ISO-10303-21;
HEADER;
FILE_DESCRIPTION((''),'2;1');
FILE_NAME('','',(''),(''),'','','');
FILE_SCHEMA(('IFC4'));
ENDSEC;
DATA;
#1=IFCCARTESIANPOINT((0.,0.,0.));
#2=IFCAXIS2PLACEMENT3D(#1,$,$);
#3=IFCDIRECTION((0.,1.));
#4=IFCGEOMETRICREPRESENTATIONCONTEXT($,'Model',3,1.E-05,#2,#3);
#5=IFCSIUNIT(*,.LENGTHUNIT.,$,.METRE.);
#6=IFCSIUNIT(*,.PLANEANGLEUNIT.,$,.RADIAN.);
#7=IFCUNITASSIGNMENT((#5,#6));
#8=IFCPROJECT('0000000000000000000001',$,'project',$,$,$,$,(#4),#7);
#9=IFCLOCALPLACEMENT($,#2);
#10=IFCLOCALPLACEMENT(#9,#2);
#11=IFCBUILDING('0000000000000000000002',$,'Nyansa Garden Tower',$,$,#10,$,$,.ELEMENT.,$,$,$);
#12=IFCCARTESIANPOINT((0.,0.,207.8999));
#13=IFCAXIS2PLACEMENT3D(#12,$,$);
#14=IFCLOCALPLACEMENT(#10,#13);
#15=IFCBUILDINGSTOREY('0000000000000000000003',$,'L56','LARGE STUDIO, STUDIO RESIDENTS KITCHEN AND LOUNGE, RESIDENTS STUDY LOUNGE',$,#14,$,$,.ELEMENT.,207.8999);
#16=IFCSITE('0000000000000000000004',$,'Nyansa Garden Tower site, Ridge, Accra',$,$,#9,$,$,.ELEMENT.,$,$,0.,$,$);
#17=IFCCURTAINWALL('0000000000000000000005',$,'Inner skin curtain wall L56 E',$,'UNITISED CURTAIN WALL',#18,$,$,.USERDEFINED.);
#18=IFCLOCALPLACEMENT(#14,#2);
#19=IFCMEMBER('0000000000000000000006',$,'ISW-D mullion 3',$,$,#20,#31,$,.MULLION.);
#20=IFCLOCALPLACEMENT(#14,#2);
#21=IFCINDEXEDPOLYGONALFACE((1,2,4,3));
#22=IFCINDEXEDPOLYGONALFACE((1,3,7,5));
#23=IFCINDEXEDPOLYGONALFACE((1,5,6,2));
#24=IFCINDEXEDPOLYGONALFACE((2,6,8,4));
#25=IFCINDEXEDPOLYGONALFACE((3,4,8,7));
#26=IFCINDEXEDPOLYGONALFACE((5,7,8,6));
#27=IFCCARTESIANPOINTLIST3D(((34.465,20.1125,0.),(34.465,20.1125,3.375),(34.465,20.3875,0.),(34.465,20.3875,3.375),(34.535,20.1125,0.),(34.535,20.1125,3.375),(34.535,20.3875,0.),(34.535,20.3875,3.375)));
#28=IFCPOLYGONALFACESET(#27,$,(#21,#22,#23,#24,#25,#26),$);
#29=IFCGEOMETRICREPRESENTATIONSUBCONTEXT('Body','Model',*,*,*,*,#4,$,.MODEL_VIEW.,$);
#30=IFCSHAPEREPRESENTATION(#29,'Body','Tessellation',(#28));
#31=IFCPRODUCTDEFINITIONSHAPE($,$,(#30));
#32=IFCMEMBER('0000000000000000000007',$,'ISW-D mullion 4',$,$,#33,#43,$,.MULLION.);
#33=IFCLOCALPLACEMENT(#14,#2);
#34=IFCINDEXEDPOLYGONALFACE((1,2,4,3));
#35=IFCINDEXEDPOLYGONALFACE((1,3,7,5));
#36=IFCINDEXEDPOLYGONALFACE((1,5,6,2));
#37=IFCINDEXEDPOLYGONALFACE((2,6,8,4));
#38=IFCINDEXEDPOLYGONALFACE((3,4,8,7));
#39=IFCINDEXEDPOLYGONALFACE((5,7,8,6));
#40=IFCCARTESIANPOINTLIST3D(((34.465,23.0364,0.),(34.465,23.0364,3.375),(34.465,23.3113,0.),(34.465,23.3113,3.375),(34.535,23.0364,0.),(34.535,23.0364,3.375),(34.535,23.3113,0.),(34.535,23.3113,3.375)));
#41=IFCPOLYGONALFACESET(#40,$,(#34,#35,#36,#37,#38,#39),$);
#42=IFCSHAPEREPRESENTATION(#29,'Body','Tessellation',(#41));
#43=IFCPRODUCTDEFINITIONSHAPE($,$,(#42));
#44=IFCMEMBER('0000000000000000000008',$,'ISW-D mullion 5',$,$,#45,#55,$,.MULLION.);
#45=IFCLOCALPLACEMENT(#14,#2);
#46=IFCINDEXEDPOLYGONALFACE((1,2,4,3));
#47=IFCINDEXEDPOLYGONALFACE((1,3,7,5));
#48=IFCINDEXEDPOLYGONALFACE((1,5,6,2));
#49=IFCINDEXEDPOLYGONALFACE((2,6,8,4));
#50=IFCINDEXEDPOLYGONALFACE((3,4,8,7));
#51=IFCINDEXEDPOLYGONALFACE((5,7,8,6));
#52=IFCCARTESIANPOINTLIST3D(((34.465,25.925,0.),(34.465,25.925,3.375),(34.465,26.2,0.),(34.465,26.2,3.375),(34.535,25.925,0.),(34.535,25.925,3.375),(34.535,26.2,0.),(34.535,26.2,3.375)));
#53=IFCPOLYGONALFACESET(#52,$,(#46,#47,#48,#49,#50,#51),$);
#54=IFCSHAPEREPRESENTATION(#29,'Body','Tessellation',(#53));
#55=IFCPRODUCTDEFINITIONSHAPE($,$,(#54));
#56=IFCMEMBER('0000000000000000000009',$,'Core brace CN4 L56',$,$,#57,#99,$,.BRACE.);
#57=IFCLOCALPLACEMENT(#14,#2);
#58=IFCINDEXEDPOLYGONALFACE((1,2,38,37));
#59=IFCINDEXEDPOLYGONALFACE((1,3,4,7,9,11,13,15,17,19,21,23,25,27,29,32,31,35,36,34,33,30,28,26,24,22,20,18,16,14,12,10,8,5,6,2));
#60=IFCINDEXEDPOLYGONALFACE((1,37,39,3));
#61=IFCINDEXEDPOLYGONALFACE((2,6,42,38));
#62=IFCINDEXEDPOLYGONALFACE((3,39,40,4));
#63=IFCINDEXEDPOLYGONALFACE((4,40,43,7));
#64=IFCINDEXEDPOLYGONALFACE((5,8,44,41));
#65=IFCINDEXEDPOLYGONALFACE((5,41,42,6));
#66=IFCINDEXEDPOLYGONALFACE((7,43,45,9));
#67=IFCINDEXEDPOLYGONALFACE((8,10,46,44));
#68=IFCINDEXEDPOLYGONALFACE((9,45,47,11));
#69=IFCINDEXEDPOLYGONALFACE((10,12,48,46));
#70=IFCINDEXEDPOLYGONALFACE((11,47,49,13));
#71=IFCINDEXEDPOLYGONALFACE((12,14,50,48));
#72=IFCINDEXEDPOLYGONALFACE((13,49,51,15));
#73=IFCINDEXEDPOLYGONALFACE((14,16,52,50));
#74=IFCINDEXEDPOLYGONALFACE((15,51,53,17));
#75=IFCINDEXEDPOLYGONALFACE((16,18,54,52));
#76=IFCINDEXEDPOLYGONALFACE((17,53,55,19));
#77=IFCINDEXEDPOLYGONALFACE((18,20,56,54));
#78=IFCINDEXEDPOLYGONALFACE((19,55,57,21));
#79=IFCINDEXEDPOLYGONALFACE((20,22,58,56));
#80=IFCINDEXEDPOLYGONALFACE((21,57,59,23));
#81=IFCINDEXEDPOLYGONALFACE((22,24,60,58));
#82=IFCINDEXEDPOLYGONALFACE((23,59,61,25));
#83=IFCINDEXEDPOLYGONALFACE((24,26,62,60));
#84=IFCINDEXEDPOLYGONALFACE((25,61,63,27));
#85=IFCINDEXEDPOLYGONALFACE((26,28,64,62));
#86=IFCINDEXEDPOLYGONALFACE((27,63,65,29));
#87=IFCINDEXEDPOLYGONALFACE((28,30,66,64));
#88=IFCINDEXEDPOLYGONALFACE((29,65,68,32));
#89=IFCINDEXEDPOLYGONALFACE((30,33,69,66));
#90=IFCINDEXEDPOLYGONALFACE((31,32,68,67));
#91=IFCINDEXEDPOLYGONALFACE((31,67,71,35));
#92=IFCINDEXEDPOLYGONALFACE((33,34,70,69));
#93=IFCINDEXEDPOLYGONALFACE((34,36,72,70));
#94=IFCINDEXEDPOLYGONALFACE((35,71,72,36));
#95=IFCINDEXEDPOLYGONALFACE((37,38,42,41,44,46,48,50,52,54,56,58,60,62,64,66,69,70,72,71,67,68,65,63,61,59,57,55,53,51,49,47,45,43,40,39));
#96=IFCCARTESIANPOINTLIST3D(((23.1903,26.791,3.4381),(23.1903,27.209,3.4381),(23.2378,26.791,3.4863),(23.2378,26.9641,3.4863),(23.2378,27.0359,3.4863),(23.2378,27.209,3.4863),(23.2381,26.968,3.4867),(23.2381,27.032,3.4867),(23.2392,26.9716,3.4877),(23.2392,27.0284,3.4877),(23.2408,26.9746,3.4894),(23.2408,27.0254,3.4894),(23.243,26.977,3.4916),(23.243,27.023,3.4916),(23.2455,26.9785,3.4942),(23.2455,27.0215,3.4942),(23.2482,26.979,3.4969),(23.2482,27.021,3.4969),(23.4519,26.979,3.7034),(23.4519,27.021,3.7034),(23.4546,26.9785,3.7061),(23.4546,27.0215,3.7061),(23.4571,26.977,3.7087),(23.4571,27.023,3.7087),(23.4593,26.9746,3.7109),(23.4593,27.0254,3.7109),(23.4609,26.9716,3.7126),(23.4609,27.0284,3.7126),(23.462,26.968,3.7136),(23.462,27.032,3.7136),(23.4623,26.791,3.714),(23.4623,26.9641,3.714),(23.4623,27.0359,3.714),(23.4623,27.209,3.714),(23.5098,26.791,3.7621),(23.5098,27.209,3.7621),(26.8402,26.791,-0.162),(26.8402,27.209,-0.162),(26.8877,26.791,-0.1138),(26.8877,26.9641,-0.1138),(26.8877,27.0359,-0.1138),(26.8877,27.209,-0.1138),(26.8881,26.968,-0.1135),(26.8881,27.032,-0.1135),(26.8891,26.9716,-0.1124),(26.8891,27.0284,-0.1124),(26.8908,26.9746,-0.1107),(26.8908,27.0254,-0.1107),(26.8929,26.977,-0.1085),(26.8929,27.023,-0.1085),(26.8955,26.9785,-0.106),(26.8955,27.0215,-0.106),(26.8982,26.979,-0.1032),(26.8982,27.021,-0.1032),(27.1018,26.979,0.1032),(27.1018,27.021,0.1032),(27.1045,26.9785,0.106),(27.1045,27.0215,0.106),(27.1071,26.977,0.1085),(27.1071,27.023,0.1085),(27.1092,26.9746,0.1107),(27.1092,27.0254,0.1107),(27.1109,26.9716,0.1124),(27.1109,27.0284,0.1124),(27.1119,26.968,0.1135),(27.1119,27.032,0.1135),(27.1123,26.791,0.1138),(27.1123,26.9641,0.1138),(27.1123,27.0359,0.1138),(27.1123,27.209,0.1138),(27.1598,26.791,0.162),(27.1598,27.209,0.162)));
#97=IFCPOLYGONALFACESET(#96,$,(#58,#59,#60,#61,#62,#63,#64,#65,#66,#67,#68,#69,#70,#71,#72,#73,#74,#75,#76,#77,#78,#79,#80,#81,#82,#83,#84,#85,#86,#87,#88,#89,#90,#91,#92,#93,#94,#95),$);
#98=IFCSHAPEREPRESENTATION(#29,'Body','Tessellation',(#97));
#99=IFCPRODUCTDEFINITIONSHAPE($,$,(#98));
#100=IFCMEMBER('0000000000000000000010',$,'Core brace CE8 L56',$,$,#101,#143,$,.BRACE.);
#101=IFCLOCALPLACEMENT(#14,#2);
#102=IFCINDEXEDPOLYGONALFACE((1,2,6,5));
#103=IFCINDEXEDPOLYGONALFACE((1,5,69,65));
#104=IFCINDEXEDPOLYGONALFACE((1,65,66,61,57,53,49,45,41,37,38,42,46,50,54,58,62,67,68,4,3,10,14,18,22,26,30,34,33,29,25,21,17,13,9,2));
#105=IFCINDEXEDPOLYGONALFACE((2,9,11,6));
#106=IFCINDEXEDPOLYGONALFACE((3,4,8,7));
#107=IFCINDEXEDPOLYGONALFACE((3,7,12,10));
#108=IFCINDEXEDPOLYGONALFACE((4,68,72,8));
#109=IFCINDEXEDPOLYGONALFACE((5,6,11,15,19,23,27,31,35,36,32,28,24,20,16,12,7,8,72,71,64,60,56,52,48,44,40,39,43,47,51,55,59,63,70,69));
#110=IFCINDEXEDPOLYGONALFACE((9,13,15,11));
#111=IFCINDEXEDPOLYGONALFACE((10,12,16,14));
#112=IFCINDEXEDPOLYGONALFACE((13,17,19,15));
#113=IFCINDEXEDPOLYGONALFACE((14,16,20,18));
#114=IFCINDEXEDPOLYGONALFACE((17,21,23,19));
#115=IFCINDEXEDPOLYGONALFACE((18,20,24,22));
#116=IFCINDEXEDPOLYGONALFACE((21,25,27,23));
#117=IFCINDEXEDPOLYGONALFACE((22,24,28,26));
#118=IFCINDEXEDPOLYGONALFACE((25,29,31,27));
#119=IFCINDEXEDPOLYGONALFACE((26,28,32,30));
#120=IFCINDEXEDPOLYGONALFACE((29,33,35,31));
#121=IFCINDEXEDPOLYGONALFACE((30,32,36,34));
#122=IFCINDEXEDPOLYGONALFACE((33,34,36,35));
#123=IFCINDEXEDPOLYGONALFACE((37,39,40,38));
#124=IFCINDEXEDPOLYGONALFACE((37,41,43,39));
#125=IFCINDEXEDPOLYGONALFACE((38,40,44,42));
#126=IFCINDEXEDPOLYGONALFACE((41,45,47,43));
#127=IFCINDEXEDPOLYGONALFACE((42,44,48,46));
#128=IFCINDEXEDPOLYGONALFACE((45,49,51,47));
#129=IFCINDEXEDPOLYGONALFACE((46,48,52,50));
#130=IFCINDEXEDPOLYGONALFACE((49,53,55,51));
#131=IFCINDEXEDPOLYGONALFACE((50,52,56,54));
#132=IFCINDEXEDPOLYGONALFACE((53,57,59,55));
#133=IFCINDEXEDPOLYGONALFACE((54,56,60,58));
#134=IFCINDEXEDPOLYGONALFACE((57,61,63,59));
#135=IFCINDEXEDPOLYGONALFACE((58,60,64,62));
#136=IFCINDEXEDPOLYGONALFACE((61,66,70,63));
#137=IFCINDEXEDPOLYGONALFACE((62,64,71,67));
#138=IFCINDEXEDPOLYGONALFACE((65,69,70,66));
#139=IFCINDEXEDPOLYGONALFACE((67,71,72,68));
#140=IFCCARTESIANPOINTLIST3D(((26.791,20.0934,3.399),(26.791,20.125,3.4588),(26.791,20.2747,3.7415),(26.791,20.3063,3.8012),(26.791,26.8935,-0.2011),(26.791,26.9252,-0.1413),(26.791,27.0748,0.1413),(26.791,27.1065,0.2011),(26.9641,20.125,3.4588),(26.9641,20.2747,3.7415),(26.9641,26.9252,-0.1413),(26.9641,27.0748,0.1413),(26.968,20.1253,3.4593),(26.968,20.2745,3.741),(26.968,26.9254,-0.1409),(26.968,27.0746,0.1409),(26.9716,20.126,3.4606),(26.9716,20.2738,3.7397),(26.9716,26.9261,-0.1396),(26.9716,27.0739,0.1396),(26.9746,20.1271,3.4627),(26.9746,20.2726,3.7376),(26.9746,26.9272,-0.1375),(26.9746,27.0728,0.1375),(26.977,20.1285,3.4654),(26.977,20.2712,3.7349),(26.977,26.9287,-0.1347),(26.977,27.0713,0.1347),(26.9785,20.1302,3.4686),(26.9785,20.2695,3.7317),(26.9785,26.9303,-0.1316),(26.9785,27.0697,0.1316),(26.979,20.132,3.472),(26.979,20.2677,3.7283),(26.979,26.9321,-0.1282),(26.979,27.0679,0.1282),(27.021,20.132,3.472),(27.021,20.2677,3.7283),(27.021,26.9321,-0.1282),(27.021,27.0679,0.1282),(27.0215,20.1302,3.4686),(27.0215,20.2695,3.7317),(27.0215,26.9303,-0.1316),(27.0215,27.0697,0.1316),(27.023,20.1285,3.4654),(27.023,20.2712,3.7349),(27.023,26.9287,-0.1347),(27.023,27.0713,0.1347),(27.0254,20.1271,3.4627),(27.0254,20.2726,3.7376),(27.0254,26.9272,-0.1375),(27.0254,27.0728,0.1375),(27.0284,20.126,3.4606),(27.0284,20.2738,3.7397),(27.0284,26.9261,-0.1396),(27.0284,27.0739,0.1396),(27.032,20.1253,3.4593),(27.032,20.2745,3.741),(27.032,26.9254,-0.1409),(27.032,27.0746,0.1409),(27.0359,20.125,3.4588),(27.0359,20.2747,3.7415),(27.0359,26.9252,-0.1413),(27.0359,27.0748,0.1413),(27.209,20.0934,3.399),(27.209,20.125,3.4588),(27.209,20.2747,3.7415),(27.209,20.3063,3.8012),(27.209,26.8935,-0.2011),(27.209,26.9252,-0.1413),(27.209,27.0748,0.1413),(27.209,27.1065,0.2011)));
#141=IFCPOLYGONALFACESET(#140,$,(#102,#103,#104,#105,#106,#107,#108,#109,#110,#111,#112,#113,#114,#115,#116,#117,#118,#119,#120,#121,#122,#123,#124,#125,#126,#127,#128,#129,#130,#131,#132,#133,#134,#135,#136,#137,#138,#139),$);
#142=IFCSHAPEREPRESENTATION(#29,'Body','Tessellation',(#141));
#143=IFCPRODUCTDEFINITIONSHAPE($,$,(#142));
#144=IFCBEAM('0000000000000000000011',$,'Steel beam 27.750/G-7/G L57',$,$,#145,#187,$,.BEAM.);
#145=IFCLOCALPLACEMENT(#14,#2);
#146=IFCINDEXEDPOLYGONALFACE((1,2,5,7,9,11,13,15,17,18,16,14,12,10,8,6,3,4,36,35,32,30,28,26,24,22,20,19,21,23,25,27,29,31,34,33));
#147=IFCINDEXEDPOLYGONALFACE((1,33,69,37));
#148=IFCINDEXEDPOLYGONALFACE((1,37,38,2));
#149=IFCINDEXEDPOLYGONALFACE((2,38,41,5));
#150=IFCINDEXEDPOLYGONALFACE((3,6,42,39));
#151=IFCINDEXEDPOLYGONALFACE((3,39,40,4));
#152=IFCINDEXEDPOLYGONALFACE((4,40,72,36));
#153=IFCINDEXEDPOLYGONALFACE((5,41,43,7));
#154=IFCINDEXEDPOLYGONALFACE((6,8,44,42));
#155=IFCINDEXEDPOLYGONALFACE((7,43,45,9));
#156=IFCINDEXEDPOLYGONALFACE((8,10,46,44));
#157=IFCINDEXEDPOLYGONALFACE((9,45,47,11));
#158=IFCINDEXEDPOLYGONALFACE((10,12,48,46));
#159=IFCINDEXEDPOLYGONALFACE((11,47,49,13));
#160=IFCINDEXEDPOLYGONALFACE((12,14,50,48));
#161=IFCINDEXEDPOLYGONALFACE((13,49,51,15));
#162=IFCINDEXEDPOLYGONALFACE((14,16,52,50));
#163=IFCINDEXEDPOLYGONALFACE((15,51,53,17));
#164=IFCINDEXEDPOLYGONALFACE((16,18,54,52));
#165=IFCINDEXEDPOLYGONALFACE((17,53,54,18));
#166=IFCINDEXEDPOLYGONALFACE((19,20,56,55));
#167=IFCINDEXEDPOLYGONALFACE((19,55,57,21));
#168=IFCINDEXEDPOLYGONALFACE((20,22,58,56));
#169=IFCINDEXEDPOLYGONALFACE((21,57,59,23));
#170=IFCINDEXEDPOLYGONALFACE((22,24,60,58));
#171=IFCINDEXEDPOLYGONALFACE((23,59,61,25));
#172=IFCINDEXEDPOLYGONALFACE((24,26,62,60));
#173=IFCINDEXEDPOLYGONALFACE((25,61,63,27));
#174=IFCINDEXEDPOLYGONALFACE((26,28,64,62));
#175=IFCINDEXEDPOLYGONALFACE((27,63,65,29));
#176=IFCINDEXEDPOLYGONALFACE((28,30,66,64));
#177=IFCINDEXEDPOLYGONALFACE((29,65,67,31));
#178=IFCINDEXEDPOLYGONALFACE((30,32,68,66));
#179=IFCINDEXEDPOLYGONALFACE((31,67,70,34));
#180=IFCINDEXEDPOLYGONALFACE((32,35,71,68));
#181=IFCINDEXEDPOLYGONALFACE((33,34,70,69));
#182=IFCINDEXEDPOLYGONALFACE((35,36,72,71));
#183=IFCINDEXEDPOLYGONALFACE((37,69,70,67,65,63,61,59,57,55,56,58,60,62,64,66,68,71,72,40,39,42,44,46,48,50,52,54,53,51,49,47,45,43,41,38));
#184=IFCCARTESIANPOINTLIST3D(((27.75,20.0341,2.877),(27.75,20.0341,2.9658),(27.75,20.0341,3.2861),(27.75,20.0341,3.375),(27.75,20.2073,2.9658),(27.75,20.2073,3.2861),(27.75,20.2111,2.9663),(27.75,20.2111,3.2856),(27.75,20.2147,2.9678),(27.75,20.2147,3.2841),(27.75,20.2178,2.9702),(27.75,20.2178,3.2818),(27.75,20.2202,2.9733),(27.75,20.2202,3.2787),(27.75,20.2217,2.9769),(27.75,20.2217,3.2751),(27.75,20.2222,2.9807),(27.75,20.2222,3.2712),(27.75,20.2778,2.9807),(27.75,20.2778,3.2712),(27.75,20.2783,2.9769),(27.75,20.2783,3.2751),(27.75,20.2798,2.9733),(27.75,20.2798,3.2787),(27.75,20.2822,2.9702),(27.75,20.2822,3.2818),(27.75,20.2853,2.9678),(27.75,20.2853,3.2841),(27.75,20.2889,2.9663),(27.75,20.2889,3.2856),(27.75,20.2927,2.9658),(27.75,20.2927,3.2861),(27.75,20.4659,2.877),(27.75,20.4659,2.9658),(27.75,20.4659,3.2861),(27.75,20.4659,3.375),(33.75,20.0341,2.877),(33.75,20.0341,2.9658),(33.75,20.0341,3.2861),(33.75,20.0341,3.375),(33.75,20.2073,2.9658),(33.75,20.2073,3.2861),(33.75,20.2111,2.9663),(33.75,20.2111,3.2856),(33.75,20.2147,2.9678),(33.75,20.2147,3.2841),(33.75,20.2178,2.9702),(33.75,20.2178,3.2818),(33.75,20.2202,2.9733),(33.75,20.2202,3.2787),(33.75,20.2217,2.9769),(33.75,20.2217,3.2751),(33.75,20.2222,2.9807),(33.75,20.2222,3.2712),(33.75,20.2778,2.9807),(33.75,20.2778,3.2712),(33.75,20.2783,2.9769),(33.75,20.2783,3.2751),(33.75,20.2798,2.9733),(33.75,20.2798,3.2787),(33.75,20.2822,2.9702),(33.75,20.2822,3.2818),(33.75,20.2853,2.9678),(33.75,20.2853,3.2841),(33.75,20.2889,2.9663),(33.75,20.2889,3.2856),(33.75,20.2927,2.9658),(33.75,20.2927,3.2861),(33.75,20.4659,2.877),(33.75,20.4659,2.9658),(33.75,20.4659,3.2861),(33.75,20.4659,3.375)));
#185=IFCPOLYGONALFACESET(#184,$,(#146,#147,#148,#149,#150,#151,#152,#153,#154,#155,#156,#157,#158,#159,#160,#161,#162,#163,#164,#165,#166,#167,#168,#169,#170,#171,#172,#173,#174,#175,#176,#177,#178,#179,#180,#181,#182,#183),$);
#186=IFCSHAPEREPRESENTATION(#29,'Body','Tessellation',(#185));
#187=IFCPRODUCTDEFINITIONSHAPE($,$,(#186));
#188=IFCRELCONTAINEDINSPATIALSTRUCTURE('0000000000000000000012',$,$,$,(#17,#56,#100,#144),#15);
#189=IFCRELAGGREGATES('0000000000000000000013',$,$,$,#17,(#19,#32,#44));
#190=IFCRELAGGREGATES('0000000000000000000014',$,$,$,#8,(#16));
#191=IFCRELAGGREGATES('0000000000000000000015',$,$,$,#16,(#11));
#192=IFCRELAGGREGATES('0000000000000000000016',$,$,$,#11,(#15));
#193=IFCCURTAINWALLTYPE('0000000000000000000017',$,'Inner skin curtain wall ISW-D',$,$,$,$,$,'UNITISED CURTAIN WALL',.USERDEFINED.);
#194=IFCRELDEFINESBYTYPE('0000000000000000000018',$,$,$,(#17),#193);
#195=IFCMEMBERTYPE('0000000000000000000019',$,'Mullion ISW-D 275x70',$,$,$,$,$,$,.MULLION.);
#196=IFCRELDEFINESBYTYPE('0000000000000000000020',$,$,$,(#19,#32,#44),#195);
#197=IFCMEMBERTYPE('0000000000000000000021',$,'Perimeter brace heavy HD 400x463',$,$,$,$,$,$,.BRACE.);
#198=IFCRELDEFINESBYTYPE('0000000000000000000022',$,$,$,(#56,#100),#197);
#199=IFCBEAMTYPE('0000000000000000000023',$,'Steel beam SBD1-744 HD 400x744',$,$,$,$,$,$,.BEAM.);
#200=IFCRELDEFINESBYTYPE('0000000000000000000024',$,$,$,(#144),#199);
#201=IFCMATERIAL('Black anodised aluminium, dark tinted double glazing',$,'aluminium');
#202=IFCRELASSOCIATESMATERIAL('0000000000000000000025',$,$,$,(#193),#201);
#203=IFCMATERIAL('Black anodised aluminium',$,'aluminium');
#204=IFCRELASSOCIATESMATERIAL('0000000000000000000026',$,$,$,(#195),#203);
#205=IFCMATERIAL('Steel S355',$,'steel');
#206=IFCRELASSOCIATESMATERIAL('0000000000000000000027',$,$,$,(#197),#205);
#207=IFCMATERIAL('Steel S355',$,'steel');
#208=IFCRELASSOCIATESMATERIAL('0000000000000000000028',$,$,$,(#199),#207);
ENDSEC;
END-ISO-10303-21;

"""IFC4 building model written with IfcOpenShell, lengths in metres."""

from ifc_helpers import new_model, si_unit, direction, frame, origin, origin_2d, place, context, subcontext, project, spatial, rectangle, i_section, extrude, material, material_profile, profile_set, type_object, element, aggregate, save


model = new_model("IFC4")

# Units and contexts
model_context = context("Model", 3, precision=1e-05, world=origin(), true_north=direction((0.0, 1.0)))
body_context = subcontext(model_context, "Body", "Model", "MODEL_VIEW")
ifc_project = project(units=[si_unit("LENGTHUNIT", "METRE"), si_unit("PLANEANGLEUNIT", "RADIAN")], contexts=[model_context])

# Site, building, storey
site_placement = place(None, origin())
site = spatial("IfcSite", under=ifc_project, at=site_placement, Name="Nyansa Garden Tower site, Ridge, Accra", CompositionType="ELEMENT", RefElevation=0.0)
building_placement = place(site_placement, origin())
building = spatial("IfcBuilding", under=site, at=building_placement, Name="Nyansa Garden Tower", CompositionType="ELEMENT")
storey_placement = place(building_placement, frame((0.0, 0.0, 207.8999)))
storey = spatial("IfcBuildingStorey", under=building, at=storey_placement, Name="L56", Description="LARGE STUDIO, STUDIO RESIDENTS KITCHEN AND LOUNGE, RESIDENTS STUDY LOUNGE", CompositionType="ELEMENT", Elevation=207.8999)

# Curtain wall, members
ifc_material_1 = material(Name="Black anodised aluminium, dark tinted double glazing", Category="aluminium")
curtain_wall_type = type_object("IfcCurtainWallType", Name="Inner skin curtain wall ISW-D", ElementType="UNITISED CURTAIN WALL", PredefinedType="USERDEFINED", material=ifc_material_1)
curtain_wall_placement = place(storey_placement, origin())
curtain_wall = element("IfcCurtainWall", 1, at=curtain_wall_placement, inside=storey, type_object=curtain_wall_type, Name="Inner skin curtain wall L56 E", ObjectType="UNITISED CURTAIN WALL", PredefinedType="USERDEFINED")
ifc_material_2 = material(Name="Black anodised aluminium", Category="aluminium")
ifc_material_profile_1 = material_profile(ifc_material_2, rectangle(XDim=0.0701, YDim=0.2749, at=origin_2d()), Name="Mullion 275x70")
ifc_profile_set_1 = profile_set([ifc_material_profile_1], Name="Black anodised aluminium")
member_type_1 = type_object("IfcMemberType", Name="Mullion ISW-D 275x70", PredefinedType="MULLION", material=ifc_profile_set_1)
member_1_placement = place(storey_placement, frame((34.5, 20.25, 0.0), z_axis=(0.0, 0.0, 1.0), x_axis=(-1.0, 0.0, 0.0)))
member_1 = element("IfcMember", 2, at=member_1_placement, type_object=member_type_1, Name="ISW-D mullion 3", PredefinedType="MULLION", context=body_context, shape_type="SweptSolid", body=[
    extrude(rectangle(XDim=0.0701, YDim=0.2749, at=origin_2d()), origin(), (0.0, 0.0, 1.0), 3.375),
])
member_2_placement = place(storey_placement, frame((34.5, 23.1738, 0.0), z_axis=(0.0, 0.0, 1.0), x_axis=(-1.0, 0.0, 0.0)))
member_2 = element("IfcMember", 3, at=member_2_placement, type_object=member_type_1, Name="ISW-D mullion 4", PredefinedType="MULLION", context=body_context, shape_type="SweptSolid", body=[
    extrude(rectangle(XDim=0.0701, YDim=0.2749, at=origin_2d()), origin(), (0.0, 0.0, 1.0), 3.375),
])
member_3_placement = place(storey_placement, frame((34.5, 26.0625, 0.0), z_axis=(0.0, 0.0, 1.0), x_axis=(-1.0, 0.0, 0.0)))
member_3 = element("IfcMember", 4, at=member_3_placement, type_object=member_type_1, Name="ISW-D mullion 5", PredefinedType="MULLION", context=body_context, shape_type="SweptSolid", body=[
    extrude(rectangle(XDim=0.0701, YDim=0.2749, at=origin_2d()), origin(), (0.0, 0.0, 1.0), 3.375),
])

# Members
ifc_material_3 = material(Name="Steel S355", Category="steel")
ifc_material_profile_2 = material_profile(ifc_material_3, i_section(OverallWidth=0.418, OverallDepth=0.4551, WebThickness=0.042, FlangeThickness=0.0676, FilletRadius=0.0149, at=origin_2d()), Name="HD 400x463")
ifc_profile_set_2 = profile_set([ifc_material_profile_2], Name="Steel S355")
member_type_2 = type_object("IfcMemberType", Name="Perimeter brace heavy HD 400x463", PredefinedType="BRACE", material=ifc_profile_set_2)
member_4_placement = place(storey_placement, frame((27.0, 27.0, 0.0), z_axis=(-0.711948, 0.0, 0.702233), x_axis=(0.0, -1.0, 0.0)))
element("IfcMember", 5, at=member_4_placement, inside=storey, type_object=member_type_2, Name="Core brace CN4 L56", PredefinedType="BRACE", context=body_context, shape_type="SweptSolid", body=[
    extrude(i_section(OverallWidth=0.418, OverallDepth=0.4551, WebThickness=0.042, FlangeThickness=0.0676, FilletRadius=0.0149, at=origin_2d()), origin(), (0.0, 0.0, 1.0), 5.1267),
])
member_5_placement = place(storey_placement, frame((27.0, 27.0, 0.0), z_axis=(0.0, -0.883784, 0.467895), x_axis=(1.0, 0.0, 0.0)))
element("IfcMember", 6, at=member_5_placement, inside=storey, type_object=member_type_2, Name="Core brace CE8 L56", PredefinedType="BRACE", context=body_context, shape_type="SweptSolid", body=[
    extrude(i_section(OverallWidth=0.418, OverallDepth=0.4551, WebThickness=0.042, FlangeThickness=0.0676, FilletRadius=0.0149, at=origin_2d()), origin(), (0.0, 0.0, 1.0), 7.6943),
])

# Beam
ifc_material_4 = material(Name="Steel S355", Category="steel")
ifc_material_profile_3 = material_profile(ifc_material_4, i_section(OverallWidth=0.4319, OverallDepth=0.498, WebThickness=0.0557, FlangeThickness=0.0889, FilletRadius=0.0149, at=origin_2d()), Name="HD 400x744")
ifc_profile_set_3 = profile_set([ifc_material_profile_3], Name="Steel S355")
beam_type_1 = type_object("IfcBeamType", Name="Steel beam SBD1-744 HD 400x744", PredefinedType="BEAM", material=ifc_profile_set_3)
beam_1_placement = place(storey_placement, frame((27.75, 20.25, 3.126), z_axis=(1.0, 0.0, 0.0), x_axis=(0.0, 1.0, 0.0)))
element("IfcBeam", 7, at=beam_1_placement, inside=storey, type_object=beam_type_1, Name="Steel beam 27.750/G-7/G L57", PredefinedType="BEAM", context=body_context, shape_type="SweptSolid", body=[
    extrude(i_section(OverallWidth=0.4319, OverallDepth=0.498, WebThickness=0.0557, FlangeThickness=0.0889, FilletRadius=0.0149, at=origin_2d()), origin(), (0.0, 0.0, 1.0), 6.0),
])

aggregate(curtain_wall, [member_1, member_2, member_3])

save(model, "model.ifc")
